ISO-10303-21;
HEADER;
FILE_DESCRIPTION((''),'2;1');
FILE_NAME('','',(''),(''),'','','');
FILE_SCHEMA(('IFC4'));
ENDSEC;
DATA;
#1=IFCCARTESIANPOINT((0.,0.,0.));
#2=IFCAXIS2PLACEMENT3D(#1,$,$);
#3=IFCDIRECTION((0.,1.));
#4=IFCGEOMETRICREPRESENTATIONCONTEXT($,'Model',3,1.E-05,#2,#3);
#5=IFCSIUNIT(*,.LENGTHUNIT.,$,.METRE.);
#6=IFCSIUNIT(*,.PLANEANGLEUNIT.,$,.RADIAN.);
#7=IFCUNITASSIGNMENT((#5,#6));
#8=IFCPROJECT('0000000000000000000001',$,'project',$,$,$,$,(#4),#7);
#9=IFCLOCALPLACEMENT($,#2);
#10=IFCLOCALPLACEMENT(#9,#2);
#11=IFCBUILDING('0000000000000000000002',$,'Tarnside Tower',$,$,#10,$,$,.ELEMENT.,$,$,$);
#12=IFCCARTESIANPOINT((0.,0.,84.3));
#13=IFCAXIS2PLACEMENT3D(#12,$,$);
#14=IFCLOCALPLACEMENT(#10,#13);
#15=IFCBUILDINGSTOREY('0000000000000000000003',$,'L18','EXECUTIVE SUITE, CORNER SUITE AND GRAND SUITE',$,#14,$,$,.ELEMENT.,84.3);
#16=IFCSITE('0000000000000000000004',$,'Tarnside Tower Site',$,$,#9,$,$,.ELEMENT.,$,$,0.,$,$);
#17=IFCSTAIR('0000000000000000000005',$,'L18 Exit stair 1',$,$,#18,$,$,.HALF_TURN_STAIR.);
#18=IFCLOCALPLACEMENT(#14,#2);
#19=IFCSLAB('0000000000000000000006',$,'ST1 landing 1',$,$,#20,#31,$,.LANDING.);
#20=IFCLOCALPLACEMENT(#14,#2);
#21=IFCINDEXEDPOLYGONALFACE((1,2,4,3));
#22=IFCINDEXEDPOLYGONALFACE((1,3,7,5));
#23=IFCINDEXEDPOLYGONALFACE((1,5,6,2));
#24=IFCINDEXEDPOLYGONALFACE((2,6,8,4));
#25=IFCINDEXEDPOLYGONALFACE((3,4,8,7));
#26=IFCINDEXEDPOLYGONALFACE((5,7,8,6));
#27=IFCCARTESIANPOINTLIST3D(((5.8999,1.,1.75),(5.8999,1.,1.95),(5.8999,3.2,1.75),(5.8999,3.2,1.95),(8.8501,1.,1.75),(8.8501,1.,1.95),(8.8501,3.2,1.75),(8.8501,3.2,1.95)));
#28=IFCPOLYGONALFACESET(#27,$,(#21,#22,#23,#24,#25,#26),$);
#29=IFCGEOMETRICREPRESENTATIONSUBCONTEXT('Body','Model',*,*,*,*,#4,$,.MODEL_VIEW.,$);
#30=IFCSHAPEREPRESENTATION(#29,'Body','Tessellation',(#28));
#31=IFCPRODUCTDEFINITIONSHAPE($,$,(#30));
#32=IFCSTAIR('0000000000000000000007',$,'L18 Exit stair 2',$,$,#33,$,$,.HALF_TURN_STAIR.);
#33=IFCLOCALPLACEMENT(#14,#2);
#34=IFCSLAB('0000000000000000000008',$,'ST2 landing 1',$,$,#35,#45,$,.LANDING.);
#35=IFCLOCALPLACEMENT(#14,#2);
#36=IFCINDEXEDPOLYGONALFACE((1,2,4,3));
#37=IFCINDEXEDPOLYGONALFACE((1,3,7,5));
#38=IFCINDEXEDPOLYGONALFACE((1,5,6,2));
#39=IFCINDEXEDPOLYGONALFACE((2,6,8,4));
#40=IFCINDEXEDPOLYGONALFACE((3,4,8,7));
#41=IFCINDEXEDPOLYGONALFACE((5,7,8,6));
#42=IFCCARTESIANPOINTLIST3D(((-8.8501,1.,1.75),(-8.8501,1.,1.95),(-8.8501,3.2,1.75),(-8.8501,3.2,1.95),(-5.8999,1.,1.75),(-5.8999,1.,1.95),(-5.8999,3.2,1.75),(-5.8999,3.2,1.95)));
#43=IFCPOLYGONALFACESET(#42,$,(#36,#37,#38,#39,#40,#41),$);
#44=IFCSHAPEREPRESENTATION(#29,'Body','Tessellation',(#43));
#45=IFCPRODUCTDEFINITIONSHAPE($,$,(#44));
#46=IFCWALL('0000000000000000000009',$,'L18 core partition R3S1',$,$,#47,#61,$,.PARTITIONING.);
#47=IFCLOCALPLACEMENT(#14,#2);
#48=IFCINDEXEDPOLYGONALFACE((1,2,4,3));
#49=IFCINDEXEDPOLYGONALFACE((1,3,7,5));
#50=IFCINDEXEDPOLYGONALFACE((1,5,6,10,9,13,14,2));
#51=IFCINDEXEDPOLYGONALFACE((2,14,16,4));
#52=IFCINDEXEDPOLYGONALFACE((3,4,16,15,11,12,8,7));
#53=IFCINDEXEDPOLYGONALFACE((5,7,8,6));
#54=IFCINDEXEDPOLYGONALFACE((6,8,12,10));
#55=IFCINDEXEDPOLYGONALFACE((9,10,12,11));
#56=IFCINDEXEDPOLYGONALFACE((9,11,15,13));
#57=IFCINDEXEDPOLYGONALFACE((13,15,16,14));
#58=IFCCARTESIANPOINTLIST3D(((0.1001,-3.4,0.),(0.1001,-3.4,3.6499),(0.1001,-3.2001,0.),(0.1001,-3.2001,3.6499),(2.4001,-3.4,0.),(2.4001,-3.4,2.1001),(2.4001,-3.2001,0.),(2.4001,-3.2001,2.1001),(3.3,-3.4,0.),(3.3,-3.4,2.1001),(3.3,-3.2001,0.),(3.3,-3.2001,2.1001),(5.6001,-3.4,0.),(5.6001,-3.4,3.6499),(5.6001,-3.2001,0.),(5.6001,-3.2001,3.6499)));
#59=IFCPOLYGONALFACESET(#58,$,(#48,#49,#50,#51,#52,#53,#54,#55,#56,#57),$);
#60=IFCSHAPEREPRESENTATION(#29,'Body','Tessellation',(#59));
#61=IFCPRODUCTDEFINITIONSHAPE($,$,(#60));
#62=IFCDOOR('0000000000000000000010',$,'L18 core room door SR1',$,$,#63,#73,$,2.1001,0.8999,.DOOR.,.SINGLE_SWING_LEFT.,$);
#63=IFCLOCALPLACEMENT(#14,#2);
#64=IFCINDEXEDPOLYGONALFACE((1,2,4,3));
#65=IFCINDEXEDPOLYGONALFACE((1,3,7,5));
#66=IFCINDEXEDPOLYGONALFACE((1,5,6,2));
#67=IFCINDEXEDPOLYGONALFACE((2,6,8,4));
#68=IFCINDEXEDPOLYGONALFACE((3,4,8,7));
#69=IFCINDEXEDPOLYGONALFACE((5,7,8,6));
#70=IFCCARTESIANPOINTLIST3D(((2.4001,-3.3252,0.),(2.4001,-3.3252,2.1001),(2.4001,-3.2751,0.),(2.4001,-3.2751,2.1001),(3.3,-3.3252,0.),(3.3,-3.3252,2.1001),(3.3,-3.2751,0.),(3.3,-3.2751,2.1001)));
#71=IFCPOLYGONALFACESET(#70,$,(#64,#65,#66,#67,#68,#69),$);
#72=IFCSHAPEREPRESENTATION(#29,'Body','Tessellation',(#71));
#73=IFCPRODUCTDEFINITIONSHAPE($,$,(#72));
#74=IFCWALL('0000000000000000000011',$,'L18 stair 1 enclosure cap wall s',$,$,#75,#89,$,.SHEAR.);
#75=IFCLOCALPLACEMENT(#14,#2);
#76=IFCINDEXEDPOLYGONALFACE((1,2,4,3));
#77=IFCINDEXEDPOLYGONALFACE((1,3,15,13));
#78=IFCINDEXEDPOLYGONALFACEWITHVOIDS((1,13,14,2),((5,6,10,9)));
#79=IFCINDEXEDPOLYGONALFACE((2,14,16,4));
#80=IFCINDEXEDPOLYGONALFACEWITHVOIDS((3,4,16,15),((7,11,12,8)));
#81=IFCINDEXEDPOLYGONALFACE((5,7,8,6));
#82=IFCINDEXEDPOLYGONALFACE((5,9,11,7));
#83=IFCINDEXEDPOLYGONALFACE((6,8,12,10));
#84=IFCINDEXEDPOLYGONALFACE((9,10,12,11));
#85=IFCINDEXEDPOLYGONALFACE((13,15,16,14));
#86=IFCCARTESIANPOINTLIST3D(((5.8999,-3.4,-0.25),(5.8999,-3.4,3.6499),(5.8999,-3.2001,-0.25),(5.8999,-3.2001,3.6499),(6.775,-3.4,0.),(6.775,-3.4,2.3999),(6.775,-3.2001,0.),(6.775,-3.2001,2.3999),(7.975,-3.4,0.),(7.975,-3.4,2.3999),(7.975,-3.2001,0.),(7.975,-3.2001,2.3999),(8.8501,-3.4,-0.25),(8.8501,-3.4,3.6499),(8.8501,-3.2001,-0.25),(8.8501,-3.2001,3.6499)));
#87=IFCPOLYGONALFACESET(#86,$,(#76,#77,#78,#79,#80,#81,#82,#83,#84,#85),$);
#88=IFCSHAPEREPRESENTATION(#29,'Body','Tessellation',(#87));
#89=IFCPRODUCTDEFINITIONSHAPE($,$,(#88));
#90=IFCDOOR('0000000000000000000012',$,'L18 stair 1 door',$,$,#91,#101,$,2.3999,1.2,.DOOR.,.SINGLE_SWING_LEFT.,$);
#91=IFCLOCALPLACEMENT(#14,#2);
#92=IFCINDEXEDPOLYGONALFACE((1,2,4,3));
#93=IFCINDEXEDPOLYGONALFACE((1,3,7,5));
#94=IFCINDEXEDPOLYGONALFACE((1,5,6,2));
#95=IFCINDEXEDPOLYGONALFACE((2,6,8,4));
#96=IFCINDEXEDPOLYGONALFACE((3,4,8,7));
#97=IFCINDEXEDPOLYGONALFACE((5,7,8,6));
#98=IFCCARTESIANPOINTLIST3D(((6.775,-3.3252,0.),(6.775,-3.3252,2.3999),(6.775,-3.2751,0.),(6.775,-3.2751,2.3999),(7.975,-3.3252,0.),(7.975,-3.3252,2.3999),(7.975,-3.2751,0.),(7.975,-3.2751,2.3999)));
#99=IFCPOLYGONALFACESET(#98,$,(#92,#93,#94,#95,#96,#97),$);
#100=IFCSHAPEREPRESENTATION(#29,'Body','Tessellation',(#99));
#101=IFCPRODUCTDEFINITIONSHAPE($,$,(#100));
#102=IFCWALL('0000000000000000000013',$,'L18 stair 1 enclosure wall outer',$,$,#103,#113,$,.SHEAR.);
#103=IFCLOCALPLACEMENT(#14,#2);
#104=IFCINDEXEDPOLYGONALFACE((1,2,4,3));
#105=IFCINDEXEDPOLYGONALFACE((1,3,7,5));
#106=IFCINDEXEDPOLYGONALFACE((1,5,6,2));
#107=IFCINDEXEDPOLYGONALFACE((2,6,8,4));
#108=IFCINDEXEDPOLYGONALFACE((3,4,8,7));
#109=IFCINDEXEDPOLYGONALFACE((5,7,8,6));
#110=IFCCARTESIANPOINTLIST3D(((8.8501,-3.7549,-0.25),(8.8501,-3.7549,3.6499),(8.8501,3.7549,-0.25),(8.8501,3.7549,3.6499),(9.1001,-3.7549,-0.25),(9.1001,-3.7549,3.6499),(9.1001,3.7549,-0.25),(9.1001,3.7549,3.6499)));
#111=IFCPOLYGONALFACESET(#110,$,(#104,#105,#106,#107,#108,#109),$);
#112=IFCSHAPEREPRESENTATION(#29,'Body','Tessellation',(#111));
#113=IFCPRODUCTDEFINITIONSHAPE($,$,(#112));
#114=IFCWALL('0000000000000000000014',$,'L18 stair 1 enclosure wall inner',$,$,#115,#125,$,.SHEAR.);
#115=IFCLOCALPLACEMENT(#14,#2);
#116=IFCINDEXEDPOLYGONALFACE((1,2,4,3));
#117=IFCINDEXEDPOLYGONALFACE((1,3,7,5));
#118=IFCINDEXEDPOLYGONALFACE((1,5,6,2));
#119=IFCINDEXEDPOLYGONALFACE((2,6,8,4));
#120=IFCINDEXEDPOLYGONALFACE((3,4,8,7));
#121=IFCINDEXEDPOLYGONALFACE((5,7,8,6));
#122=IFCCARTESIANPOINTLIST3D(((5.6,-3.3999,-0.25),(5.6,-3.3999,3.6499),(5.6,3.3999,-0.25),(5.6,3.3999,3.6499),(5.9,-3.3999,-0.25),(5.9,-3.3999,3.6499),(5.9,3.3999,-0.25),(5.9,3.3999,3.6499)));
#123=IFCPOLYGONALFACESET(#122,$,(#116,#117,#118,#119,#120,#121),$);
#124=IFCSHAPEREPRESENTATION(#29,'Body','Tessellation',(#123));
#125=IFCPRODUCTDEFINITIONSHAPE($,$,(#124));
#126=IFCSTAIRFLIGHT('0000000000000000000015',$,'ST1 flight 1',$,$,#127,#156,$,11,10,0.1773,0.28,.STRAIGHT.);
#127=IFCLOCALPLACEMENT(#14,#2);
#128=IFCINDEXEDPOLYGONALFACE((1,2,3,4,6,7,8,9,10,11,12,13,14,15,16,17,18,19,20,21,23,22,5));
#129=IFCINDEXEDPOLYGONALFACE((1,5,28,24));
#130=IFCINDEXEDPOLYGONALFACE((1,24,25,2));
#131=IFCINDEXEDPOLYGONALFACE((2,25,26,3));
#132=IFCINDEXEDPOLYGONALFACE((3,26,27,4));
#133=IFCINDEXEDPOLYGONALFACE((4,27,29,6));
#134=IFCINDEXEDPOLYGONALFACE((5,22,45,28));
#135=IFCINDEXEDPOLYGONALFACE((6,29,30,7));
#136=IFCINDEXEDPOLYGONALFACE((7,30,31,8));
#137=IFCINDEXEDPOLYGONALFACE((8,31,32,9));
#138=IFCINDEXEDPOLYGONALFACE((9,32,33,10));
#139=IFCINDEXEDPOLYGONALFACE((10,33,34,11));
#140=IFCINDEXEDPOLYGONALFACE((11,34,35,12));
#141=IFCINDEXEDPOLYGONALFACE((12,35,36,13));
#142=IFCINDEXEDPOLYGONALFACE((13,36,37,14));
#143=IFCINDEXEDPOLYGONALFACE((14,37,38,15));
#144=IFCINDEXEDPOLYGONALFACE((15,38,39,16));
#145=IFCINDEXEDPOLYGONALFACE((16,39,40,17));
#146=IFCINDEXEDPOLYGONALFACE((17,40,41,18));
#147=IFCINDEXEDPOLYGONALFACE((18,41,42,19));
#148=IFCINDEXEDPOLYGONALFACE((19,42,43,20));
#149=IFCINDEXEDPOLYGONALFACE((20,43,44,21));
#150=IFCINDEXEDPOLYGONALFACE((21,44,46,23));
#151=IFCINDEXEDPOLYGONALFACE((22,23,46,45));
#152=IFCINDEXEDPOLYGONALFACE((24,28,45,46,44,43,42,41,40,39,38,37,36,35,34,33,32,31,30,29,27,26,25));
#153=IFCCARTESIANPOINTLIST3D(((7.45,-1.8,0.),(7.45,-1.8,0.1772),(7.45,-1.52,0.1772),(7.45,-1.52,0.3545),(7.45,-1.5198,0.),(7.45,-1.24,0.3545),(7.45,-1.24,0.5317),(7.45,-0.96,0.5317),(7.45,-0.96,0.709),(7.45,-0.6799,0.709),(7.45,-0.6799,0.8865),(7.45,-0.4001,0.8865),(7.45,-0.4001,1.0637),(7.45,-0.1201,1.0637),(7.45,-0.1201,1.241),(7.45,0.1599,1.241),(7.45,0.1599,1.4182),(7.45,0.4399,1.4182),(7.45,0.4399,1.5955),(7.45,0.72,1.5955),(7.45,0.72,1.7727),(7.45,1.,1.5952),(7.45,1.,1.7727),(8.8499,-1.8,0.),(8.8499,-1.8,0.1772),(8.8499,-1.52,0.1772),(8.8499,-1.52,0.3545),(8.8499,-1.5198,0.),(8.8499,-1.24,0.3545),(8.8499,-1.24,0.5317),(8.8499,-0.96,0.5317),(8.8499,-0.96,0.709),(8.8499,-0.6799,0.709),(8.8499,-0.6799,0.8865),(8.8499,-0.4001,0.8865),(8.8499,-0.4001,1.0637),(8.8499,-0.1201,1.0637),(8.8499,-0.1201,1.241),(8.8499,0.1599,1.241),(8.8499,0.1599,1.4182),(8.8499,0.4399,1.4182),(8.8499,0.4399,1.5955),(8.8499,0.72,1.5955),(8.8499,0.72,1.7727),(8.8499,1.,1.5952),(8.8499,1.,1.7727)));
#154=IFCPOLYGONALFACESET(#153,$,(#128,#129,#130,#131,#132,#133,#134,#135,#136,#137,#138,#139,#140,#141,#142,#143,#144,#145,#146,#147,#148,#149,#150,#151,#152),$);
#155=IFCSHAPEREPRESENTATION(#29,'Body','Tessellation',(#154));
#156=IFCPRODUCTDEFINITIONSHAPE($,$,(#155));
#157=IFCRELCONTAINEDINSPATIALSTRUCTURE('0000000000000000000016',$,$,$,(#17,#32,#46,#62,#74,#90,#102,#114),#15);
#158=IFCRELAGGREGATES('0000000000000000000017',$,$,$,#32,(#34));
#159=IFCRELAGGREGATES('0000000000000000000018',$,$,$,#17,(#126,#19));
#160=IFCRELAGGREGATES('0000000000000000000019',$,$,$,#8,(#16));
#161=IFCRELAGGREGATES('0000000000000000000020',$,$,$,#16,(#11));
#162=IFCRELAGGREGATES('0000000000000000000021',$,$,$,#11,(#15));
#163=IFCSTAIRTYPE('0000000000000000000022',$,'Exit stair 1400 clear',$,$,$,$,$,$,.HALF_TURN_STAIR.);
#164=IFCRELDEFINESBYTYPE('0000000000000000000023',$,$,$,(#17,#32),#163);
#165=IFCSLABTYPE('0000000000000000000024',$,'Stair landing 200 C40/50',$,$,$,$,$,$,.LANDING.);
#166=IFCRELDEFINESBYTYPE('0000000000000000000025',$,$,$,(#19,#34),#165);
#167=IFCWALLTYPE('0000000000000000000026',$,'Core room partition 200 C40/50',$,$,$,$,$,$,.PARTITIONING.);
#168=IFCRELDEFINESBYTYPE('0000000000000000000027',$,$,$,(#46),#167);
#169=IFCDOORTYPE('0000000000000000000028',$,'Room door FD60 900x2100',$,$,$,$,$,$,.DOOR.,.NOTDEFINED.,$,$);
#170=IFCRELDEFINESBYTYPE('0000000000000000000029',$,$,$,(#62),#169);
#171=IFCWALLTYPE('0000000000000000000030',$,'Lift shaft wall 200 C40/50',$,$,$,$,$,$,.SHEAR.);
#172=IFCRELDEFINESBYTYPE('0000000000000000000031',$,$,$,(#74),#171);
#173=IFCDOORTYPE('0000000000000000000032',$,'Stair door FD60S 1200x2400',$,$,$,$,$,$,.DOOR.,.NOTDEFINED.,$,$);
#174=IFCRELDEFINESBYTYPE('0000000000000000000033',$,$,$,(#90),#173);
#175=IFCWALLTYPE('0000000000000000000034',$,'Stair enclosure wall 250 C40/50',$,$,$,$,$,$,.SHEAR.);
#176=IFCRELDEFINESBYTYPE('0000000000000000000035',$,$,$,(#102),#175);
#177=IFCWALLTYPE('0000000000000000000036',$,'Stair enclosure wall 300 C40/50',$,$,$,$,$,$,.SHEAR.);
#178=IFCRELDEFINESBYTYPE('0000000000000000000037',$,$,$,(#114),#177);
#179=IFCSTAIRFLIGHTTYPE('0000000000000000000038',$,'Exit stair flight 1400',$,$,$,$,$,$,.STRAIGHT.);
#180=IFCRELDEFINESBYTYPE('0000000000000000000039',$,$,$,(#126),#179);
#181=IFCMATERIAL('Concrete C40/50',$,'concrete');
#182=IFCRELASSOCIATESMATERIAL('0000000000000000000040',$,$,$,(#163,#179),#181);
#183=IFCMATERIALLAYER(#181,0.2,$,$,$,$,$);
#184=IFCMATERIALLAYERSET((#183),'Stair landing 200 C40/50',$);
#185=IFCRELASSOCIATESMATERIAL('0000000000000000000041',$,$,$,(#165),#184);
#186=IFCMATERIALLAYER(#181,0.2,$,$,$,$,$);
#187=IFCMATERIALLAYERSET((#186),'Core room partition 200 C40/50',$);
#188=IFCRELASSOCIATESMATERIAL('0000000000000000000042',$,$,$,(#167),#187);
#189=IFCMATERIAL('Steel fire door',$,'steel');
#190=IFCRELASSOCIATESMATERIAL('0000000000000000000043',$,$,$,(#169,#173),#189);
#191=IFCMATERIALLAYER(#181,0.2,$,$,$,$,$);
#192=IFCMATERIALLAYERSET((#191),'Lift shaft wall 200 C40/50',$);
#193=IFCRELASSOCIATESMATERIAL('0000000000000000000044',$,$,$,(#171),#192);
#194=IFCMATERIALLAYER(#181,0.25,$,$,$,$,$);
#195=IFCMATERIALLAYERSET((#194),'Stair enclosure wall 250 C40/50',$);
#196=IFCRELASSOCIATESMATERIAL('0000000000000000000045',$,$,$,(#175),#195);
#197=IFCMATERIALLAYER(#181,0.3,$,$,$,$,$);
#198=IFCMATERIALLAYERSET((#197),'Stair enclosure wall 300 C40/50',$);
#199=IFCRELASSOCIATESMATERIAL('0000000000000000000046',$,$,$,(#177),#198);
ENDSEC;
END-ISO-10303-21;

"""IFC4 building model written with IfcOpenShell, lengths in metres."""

from ifc_helpers import new_model, si_unit, direction, frame, frame_2d, origin, place, context, subcontext, project, spatial, polyline, rectangle, outline, extrude, material, layer, layer_set, type_object, element, fill, aggregate, save


model = new_model("IFC4")

# Units and contexts
model_context = context("Model", 3, precision=1e-05, world=origin(), true_north=direction((0.0, 1.0)))
body_context = subcontext(model_context, "Body", "Model", "MODEL_VIEW")
ifc_project = project(units=[si_unit("LENGTHUNIT", "METRE"), si_unit("PLANEANGLEUNIT", "RADIAN")], contexts=[model_context])

# Site, building, storey
site_placement = place(None, origin())
site = spatial("IfcSite", under=ifc_project, at=site_placement, Name="Tarnside Tower Site", CompositionType="ELEMENT", RefElevation=0.0)
building_placement = place(site_placement, origin())
building = spatial("IfcBuilding", under=site, at=building_placement, Name="Tarnside Tower", CompositionType="ELEMENT")
storey_placement = place(building_placement, frame((0.0, 0.0, 84.3)))
storey = spatial("IfcBuildingStorey", under=building, at=storey_placement, Name="L18", Description="EXECUTIVE SUITE, CORNER SUITE AND GRAND SUITE", CompositionType="ELEMENT", Elevation=84.3)

# Shared definitions
ifc_material_1 = material(Name="Concrete C40/50", Category="concrete")

# Stairs, slabs
stair_type = type_object("IfcStairType", Name="Exit stair 1400 clear", PredefinedType="HALF_TURN_STAIR", material=ifc_material_1)
stair_1_placement = place(storey_placement, origin())
stair_1 = element("IfcStair", 1, at=stair_1_placement, inside=storey, type_object=stair_type, Name="L18 Exit stair 1", PredefinedType="HALF_TURN_STAIR")
ifc_layer_1 = layer(ifc_material_1, 0.2)
ifc_layer_set_1 = layer_set([ifc_layer_1], Name="Stair landing 200 C40/50")
slab_type_1 = type_object("IfcSlabType", Name="Stair landing 200 C40/50", PredefinedType="LANDING", material=ifc_layer_set_1)
slab_1_placement = place(storey_placement, frame((0.0, 0.0, 1.75)))
slab_1 = element("IfcSlab", 2, at=slab_1_placement, type_object=slab_type_1, Name="ST1 landing 1", PredefinedType="LANDING", context=body_context, shape_type="SweptSolid", body=[
    extrude(outline(polyline([(8.8501, 1.0), (8.8501, 3.2), (5.8999, 3.2), (5.8999, 1.0), (8.8501, 1.0)])), origin(), (0.0, 0.0, 1.0), 0.2),
])
stair_2_placement = place(storey_placement, origin())
stair_2 = element("IfcStair", 3, at=stair_2_placement, inside=storey, type_object=stair_type, Name="L18 Exit stair 2", PredefinedType="HALF_TURN_STAIR")
slab_2_placement = place(storey_placement, frame((0.0, 0.0, 1.75)))
slab_2 = element("IfcSlab", 4, at=slab_2_placement, type_object=slab_type_1, Name="ST2 landing 1", PredefinedType="LANDING", context=body_context, shape_type="SweptSolid", body=[
    extrude(outline(polyline([(-5.8999, 1.0), (-5.8999, 3.2), (-8.8501, 3.2), (-8.8501, 1.0), (-5.8999, 1.0)])), origin(), (0.0, 0.0, 1.0), 0.2),
])
aggregate(stair_2, [slab_2])

# Walls, openings, doors
ifc_layer_2 = layer(ifc_material_1, 0.2)
ifc_layer_set_2 = layer_set([ifc_layer_2], Name="Core room partition 200 C40/50")
wall_type_1 = type_object("IfcWallType", Name="Core room partition 200 C40/50", PredefinedType="PARTITIONING", material=ifc_layer_set_2)
wall_1_placement = place(storey_placement, frame((0.1001, -3.3, 0.0), z_axis=(0.0, 0.0, 1.0), x_axis=(1.0, 0.0, 0.0)))
wall_1 = element("IfcWall", 5, at=wall_1_placement, inside=storey, type_object=wall_type_1, Name="L18 core partition R3S1", PredefinedType="PARTITIONING", context=body_context, shape_type="SweptSolid", body=[
    extrude(rectangle(XDim=5.5, YDim=0.2, at=frame_2d((2.75, 0.0))), origin(), (0.0, 0.0, 1.0), 3.6499),
])
opening_1_placement = place(wall_1_placement, frame((2.3, 0.0, 0.0)))
opening_1 = element("IfcOpeningElement", 6, at=opening_1_placement, cuts=wall_1, PredefinedType="OPENING", context=body_context, shape_type="SweptSolid", body=[
    extrude(rectangle(XDim=0.8999, YDim=2.1001, at=frame_2d((0.45, 1.05))), frame((0.0, 0.1099, 0.0), z_axis=(0.0, -1.0, 0.0), x_axis=(1.0, 0.0, 0.0)), (0.0, 0.0, 1.0), 0.22),
])
ifc_material_2 = material(Name="Steel fire door", Category="steel")
door_type_1 = type_object("IfcDoorType", Name="Room door FD60 900x2100", OperationType="NOTDEFINED", PredefinedType="DOOR", material=ifc_material_2)
door_1_placement = place(opening_1_placement, origin())
door_1 = element("IfcDoor", 7, at=door_1_placement, inside=storey, type_object=door_type_1, Name="L18 core room door SR1", OperationType="SINGLE_SWING_LEFT", OverallHeight=2.1001, OverallWidth=0.8999, PredefinedType="DOOR", context=body_context, shape_type="SweptSolid", body=[
    extrude(rectangle(XDim=0.8999, YDim=2.1001, at=frame_2d((0.45, 1.05))), frame((0.0, 0.0249, 0.0), z_axis=(0.0, -1.0, 0.0), x_axis=(1.0, 0.0, 0.0)), (0.0, 0.0, 1.0), 0.05),
])
fill(opening_1, door_1)
ifc_layer_3 = layer(ifc_material_1, 0.2)
ifc_layer_set_3 = layer_set([ifc_layer_3], Name="Lift shaft wall 200 C40/50")
wall_type_2 = type_object("IfcWallType", Name="Lift shaft wall 200 C40/50", PredefinedType="SHEAR", material=ifc_layer_set_3)
wall_2_placement = place(storey_placement, frame((5.8999, -3.3, -0.25), z_axis=(0.0, 0.0, 1.0), x_axis=(1.0, 0.0, 0.0)))
wall_2 = element("IfcWall", 8, at=wall_2_placement, inside=storey, type_object=wall_type_2, Name="L18 stair 1 enclosure cap wall s", PredefinedType="SHEAR", context=body_context, shape_type="SweptSolid", body=[
    extrude(rectangle(XDim=2.9502, YDim=0.2, at=frame_2d((1.4751, 0.0))), origin(), (0.0, 0.0, 1.0), 3.8999),
])
opening_2_placement = place(wall_2_placement, frame((0.875, 0.0, 0.25)))
opening_2 = element("IfcOpeningElement", 9, at=opening_2_placement, cuts=wall_2, PredefinedType="OPENING", context=body_context, shape_type="SweptSolid", body=[
    extrude(rectangle(XDim=1.2, YDim=2.3999, at=frame_2d((0.6001, 1.2))), frame((0.0, 0.1099, 0.0), z_axis=(0.0, -1.0, 0.0), x_axis=(1.0, 0.0, 0.0)), (0.0, 0.0, 1.0), 0.22),
])
door_type_2 = type_object("IfcDoorType", Name="Stair door FD60S 1200x2400", OperationType="NOTDEFINED", PredefinedType="DOOR", material=ifc_material_2)
door_2_placement = place(opening_2_placement, origin())
door_2 = element("IfcDoor", 10, at=door_2_placement, inside=storey, type_object=door_type_2, Name="L18 stair 1 door", OperationType="SINGLE_SWING_LEFT", OverallHeight=2.3999, OverallWidth=1.2, PredefinedType="DOOR", context=body_context, shape_type="SweptSolid", body=[
    extrude(rectangle(XDim=1.2, YDim=2.3999, at=frame_2d((0.6001, 1.2))), frame((0.0, 0.0249, 0.0), z_axis=(0.0, -1.0, 0.0), x_axis=(1.0, 0.0, 0.0)), (0.0, 0.0, 1.0), 0.05),
])
fill(opening_2, door_2)

# Walls
ifc_layer_4 = layer(ifc_material_1, 0.25)
ifc_layer_set_4 = layer_set([ifc_layer_4], Name="Stair enclosure wall 250 C40/50")
wall_type_3 = type_object("IfcWallType", Name="Stair enclosure wall 250 C40/50", PredefinedType="SHEAR", material=ifc_layer_set_4)
wall_3_placement = place(storey_placement, frame((8.9751, -3.7549, -0.25), z_axis=(0.0, 0.0, 1.0), x_axis=(0.0, 1.0, 0.0)))
element("IfcWall", 11, at=wall_3_placement, inside=storey, type_object=wall_type_3, Name="L18 stair 1 enclosure wall outer", PredefinedType="SHEAR", context=body_context, shape_type="SweptSolid", body=[
    extrude(rectangle(XDim=7.5098, YDim=0.25, at=frame_2d((3.7549, 0.0))), origin(), (0.0, 0.0, 1.0), 3.8999),
])
ifc_layer_5 = layer(ifc_material_1, 0.3)
ifc_layer_set_5 = layer_set([ifc_layer_5], Name="Stair enclosure wall 300 C40/50")
wall_type_4 = type_object("IfcWallType", Name="Stair enclosure wall 300 C40/50", PredefinedType="SHEAR", material=ifc_layer_set_5)
wall_4_placement = place(storey_placement, frame((5.75, -3.3999, -0.25), z_axis=(0.0, 0.0, 1.0), x_axis=(0.0, 1.0, 0.0)))
element("IfcWall", 12, at=wall_4_placement, inside=storey, type_object=wall_type_4, Name="L18 stair 1 enclosure wall inner", PredefinedType="SHEAR", context=body_context, shape_type="SweptSolid", body=[
    extrude(rectangle(XDim=6.7998, YDim=0.3, at=frame_2d((3.3999, 0.0))), origin(), (0.0, 0.0, 1.0), 3.8999),
])

# Stair flight
stair_flight_type = type_object("IfcStairFlightType", Name="Exit stair flight 1400", PredefinedType="STRAIGHT", material=ifc_material_1)
stair_flight_placement = place(storey_placement, frame((8.1499, -1.8, 0.0), z_axis=(0.0, 0.0, 1.0), x_axis=(0.0, 1.0, 0.0)))
stair_flight = element("IfcStairFlight", 13, at=stair_flight_placement, type_object=stair_flight_type, Name="ST1 flight 1", NumberOfRisers=11, NumberOfTreads=10, PredefinedType="STRAIGHT", RiserHeight=0.1773, TreadLength=0.28, context=body_context, shape_type="SweptSolid", body=[
    extrude(outline(polyline([(0.0, 0.0), (0.0, 0.1772), (0.28, 0.1772), (0.28, 0.3545), (0.5601, 0.3545), (0.5601, 0.5317), (0.8401, 0.5317), (0.8401, 0.709), (1.1201, 0.709), (1.1201, 0.8865), (1.3999, 0.8865), (1.3999, 1.0637), (1.6799, 1.0637), (1.6799, 1.241), (1.96, 1.241), (1.96, 1.4182), (2.24, 1.4182), (2.24, 1.5955), (2.52, 1.5955), (2.52, 1.7727), (2.8, 1.7727), (2.8, 1.95), (2.8, 1.5952), (0.2803, 0.0), (0.0, 0.0)])), frame((0.0, 0.7, 0.0), z_axis=(0.0, -1.0, 0.0), x_axis=(1.0, 0.0, 0.0)), (0.0, 0.0, 1.0), 1.3999),
])
aggregate(stair_1, [stair_flight, slab_1])

save(model, "model.ifc")
